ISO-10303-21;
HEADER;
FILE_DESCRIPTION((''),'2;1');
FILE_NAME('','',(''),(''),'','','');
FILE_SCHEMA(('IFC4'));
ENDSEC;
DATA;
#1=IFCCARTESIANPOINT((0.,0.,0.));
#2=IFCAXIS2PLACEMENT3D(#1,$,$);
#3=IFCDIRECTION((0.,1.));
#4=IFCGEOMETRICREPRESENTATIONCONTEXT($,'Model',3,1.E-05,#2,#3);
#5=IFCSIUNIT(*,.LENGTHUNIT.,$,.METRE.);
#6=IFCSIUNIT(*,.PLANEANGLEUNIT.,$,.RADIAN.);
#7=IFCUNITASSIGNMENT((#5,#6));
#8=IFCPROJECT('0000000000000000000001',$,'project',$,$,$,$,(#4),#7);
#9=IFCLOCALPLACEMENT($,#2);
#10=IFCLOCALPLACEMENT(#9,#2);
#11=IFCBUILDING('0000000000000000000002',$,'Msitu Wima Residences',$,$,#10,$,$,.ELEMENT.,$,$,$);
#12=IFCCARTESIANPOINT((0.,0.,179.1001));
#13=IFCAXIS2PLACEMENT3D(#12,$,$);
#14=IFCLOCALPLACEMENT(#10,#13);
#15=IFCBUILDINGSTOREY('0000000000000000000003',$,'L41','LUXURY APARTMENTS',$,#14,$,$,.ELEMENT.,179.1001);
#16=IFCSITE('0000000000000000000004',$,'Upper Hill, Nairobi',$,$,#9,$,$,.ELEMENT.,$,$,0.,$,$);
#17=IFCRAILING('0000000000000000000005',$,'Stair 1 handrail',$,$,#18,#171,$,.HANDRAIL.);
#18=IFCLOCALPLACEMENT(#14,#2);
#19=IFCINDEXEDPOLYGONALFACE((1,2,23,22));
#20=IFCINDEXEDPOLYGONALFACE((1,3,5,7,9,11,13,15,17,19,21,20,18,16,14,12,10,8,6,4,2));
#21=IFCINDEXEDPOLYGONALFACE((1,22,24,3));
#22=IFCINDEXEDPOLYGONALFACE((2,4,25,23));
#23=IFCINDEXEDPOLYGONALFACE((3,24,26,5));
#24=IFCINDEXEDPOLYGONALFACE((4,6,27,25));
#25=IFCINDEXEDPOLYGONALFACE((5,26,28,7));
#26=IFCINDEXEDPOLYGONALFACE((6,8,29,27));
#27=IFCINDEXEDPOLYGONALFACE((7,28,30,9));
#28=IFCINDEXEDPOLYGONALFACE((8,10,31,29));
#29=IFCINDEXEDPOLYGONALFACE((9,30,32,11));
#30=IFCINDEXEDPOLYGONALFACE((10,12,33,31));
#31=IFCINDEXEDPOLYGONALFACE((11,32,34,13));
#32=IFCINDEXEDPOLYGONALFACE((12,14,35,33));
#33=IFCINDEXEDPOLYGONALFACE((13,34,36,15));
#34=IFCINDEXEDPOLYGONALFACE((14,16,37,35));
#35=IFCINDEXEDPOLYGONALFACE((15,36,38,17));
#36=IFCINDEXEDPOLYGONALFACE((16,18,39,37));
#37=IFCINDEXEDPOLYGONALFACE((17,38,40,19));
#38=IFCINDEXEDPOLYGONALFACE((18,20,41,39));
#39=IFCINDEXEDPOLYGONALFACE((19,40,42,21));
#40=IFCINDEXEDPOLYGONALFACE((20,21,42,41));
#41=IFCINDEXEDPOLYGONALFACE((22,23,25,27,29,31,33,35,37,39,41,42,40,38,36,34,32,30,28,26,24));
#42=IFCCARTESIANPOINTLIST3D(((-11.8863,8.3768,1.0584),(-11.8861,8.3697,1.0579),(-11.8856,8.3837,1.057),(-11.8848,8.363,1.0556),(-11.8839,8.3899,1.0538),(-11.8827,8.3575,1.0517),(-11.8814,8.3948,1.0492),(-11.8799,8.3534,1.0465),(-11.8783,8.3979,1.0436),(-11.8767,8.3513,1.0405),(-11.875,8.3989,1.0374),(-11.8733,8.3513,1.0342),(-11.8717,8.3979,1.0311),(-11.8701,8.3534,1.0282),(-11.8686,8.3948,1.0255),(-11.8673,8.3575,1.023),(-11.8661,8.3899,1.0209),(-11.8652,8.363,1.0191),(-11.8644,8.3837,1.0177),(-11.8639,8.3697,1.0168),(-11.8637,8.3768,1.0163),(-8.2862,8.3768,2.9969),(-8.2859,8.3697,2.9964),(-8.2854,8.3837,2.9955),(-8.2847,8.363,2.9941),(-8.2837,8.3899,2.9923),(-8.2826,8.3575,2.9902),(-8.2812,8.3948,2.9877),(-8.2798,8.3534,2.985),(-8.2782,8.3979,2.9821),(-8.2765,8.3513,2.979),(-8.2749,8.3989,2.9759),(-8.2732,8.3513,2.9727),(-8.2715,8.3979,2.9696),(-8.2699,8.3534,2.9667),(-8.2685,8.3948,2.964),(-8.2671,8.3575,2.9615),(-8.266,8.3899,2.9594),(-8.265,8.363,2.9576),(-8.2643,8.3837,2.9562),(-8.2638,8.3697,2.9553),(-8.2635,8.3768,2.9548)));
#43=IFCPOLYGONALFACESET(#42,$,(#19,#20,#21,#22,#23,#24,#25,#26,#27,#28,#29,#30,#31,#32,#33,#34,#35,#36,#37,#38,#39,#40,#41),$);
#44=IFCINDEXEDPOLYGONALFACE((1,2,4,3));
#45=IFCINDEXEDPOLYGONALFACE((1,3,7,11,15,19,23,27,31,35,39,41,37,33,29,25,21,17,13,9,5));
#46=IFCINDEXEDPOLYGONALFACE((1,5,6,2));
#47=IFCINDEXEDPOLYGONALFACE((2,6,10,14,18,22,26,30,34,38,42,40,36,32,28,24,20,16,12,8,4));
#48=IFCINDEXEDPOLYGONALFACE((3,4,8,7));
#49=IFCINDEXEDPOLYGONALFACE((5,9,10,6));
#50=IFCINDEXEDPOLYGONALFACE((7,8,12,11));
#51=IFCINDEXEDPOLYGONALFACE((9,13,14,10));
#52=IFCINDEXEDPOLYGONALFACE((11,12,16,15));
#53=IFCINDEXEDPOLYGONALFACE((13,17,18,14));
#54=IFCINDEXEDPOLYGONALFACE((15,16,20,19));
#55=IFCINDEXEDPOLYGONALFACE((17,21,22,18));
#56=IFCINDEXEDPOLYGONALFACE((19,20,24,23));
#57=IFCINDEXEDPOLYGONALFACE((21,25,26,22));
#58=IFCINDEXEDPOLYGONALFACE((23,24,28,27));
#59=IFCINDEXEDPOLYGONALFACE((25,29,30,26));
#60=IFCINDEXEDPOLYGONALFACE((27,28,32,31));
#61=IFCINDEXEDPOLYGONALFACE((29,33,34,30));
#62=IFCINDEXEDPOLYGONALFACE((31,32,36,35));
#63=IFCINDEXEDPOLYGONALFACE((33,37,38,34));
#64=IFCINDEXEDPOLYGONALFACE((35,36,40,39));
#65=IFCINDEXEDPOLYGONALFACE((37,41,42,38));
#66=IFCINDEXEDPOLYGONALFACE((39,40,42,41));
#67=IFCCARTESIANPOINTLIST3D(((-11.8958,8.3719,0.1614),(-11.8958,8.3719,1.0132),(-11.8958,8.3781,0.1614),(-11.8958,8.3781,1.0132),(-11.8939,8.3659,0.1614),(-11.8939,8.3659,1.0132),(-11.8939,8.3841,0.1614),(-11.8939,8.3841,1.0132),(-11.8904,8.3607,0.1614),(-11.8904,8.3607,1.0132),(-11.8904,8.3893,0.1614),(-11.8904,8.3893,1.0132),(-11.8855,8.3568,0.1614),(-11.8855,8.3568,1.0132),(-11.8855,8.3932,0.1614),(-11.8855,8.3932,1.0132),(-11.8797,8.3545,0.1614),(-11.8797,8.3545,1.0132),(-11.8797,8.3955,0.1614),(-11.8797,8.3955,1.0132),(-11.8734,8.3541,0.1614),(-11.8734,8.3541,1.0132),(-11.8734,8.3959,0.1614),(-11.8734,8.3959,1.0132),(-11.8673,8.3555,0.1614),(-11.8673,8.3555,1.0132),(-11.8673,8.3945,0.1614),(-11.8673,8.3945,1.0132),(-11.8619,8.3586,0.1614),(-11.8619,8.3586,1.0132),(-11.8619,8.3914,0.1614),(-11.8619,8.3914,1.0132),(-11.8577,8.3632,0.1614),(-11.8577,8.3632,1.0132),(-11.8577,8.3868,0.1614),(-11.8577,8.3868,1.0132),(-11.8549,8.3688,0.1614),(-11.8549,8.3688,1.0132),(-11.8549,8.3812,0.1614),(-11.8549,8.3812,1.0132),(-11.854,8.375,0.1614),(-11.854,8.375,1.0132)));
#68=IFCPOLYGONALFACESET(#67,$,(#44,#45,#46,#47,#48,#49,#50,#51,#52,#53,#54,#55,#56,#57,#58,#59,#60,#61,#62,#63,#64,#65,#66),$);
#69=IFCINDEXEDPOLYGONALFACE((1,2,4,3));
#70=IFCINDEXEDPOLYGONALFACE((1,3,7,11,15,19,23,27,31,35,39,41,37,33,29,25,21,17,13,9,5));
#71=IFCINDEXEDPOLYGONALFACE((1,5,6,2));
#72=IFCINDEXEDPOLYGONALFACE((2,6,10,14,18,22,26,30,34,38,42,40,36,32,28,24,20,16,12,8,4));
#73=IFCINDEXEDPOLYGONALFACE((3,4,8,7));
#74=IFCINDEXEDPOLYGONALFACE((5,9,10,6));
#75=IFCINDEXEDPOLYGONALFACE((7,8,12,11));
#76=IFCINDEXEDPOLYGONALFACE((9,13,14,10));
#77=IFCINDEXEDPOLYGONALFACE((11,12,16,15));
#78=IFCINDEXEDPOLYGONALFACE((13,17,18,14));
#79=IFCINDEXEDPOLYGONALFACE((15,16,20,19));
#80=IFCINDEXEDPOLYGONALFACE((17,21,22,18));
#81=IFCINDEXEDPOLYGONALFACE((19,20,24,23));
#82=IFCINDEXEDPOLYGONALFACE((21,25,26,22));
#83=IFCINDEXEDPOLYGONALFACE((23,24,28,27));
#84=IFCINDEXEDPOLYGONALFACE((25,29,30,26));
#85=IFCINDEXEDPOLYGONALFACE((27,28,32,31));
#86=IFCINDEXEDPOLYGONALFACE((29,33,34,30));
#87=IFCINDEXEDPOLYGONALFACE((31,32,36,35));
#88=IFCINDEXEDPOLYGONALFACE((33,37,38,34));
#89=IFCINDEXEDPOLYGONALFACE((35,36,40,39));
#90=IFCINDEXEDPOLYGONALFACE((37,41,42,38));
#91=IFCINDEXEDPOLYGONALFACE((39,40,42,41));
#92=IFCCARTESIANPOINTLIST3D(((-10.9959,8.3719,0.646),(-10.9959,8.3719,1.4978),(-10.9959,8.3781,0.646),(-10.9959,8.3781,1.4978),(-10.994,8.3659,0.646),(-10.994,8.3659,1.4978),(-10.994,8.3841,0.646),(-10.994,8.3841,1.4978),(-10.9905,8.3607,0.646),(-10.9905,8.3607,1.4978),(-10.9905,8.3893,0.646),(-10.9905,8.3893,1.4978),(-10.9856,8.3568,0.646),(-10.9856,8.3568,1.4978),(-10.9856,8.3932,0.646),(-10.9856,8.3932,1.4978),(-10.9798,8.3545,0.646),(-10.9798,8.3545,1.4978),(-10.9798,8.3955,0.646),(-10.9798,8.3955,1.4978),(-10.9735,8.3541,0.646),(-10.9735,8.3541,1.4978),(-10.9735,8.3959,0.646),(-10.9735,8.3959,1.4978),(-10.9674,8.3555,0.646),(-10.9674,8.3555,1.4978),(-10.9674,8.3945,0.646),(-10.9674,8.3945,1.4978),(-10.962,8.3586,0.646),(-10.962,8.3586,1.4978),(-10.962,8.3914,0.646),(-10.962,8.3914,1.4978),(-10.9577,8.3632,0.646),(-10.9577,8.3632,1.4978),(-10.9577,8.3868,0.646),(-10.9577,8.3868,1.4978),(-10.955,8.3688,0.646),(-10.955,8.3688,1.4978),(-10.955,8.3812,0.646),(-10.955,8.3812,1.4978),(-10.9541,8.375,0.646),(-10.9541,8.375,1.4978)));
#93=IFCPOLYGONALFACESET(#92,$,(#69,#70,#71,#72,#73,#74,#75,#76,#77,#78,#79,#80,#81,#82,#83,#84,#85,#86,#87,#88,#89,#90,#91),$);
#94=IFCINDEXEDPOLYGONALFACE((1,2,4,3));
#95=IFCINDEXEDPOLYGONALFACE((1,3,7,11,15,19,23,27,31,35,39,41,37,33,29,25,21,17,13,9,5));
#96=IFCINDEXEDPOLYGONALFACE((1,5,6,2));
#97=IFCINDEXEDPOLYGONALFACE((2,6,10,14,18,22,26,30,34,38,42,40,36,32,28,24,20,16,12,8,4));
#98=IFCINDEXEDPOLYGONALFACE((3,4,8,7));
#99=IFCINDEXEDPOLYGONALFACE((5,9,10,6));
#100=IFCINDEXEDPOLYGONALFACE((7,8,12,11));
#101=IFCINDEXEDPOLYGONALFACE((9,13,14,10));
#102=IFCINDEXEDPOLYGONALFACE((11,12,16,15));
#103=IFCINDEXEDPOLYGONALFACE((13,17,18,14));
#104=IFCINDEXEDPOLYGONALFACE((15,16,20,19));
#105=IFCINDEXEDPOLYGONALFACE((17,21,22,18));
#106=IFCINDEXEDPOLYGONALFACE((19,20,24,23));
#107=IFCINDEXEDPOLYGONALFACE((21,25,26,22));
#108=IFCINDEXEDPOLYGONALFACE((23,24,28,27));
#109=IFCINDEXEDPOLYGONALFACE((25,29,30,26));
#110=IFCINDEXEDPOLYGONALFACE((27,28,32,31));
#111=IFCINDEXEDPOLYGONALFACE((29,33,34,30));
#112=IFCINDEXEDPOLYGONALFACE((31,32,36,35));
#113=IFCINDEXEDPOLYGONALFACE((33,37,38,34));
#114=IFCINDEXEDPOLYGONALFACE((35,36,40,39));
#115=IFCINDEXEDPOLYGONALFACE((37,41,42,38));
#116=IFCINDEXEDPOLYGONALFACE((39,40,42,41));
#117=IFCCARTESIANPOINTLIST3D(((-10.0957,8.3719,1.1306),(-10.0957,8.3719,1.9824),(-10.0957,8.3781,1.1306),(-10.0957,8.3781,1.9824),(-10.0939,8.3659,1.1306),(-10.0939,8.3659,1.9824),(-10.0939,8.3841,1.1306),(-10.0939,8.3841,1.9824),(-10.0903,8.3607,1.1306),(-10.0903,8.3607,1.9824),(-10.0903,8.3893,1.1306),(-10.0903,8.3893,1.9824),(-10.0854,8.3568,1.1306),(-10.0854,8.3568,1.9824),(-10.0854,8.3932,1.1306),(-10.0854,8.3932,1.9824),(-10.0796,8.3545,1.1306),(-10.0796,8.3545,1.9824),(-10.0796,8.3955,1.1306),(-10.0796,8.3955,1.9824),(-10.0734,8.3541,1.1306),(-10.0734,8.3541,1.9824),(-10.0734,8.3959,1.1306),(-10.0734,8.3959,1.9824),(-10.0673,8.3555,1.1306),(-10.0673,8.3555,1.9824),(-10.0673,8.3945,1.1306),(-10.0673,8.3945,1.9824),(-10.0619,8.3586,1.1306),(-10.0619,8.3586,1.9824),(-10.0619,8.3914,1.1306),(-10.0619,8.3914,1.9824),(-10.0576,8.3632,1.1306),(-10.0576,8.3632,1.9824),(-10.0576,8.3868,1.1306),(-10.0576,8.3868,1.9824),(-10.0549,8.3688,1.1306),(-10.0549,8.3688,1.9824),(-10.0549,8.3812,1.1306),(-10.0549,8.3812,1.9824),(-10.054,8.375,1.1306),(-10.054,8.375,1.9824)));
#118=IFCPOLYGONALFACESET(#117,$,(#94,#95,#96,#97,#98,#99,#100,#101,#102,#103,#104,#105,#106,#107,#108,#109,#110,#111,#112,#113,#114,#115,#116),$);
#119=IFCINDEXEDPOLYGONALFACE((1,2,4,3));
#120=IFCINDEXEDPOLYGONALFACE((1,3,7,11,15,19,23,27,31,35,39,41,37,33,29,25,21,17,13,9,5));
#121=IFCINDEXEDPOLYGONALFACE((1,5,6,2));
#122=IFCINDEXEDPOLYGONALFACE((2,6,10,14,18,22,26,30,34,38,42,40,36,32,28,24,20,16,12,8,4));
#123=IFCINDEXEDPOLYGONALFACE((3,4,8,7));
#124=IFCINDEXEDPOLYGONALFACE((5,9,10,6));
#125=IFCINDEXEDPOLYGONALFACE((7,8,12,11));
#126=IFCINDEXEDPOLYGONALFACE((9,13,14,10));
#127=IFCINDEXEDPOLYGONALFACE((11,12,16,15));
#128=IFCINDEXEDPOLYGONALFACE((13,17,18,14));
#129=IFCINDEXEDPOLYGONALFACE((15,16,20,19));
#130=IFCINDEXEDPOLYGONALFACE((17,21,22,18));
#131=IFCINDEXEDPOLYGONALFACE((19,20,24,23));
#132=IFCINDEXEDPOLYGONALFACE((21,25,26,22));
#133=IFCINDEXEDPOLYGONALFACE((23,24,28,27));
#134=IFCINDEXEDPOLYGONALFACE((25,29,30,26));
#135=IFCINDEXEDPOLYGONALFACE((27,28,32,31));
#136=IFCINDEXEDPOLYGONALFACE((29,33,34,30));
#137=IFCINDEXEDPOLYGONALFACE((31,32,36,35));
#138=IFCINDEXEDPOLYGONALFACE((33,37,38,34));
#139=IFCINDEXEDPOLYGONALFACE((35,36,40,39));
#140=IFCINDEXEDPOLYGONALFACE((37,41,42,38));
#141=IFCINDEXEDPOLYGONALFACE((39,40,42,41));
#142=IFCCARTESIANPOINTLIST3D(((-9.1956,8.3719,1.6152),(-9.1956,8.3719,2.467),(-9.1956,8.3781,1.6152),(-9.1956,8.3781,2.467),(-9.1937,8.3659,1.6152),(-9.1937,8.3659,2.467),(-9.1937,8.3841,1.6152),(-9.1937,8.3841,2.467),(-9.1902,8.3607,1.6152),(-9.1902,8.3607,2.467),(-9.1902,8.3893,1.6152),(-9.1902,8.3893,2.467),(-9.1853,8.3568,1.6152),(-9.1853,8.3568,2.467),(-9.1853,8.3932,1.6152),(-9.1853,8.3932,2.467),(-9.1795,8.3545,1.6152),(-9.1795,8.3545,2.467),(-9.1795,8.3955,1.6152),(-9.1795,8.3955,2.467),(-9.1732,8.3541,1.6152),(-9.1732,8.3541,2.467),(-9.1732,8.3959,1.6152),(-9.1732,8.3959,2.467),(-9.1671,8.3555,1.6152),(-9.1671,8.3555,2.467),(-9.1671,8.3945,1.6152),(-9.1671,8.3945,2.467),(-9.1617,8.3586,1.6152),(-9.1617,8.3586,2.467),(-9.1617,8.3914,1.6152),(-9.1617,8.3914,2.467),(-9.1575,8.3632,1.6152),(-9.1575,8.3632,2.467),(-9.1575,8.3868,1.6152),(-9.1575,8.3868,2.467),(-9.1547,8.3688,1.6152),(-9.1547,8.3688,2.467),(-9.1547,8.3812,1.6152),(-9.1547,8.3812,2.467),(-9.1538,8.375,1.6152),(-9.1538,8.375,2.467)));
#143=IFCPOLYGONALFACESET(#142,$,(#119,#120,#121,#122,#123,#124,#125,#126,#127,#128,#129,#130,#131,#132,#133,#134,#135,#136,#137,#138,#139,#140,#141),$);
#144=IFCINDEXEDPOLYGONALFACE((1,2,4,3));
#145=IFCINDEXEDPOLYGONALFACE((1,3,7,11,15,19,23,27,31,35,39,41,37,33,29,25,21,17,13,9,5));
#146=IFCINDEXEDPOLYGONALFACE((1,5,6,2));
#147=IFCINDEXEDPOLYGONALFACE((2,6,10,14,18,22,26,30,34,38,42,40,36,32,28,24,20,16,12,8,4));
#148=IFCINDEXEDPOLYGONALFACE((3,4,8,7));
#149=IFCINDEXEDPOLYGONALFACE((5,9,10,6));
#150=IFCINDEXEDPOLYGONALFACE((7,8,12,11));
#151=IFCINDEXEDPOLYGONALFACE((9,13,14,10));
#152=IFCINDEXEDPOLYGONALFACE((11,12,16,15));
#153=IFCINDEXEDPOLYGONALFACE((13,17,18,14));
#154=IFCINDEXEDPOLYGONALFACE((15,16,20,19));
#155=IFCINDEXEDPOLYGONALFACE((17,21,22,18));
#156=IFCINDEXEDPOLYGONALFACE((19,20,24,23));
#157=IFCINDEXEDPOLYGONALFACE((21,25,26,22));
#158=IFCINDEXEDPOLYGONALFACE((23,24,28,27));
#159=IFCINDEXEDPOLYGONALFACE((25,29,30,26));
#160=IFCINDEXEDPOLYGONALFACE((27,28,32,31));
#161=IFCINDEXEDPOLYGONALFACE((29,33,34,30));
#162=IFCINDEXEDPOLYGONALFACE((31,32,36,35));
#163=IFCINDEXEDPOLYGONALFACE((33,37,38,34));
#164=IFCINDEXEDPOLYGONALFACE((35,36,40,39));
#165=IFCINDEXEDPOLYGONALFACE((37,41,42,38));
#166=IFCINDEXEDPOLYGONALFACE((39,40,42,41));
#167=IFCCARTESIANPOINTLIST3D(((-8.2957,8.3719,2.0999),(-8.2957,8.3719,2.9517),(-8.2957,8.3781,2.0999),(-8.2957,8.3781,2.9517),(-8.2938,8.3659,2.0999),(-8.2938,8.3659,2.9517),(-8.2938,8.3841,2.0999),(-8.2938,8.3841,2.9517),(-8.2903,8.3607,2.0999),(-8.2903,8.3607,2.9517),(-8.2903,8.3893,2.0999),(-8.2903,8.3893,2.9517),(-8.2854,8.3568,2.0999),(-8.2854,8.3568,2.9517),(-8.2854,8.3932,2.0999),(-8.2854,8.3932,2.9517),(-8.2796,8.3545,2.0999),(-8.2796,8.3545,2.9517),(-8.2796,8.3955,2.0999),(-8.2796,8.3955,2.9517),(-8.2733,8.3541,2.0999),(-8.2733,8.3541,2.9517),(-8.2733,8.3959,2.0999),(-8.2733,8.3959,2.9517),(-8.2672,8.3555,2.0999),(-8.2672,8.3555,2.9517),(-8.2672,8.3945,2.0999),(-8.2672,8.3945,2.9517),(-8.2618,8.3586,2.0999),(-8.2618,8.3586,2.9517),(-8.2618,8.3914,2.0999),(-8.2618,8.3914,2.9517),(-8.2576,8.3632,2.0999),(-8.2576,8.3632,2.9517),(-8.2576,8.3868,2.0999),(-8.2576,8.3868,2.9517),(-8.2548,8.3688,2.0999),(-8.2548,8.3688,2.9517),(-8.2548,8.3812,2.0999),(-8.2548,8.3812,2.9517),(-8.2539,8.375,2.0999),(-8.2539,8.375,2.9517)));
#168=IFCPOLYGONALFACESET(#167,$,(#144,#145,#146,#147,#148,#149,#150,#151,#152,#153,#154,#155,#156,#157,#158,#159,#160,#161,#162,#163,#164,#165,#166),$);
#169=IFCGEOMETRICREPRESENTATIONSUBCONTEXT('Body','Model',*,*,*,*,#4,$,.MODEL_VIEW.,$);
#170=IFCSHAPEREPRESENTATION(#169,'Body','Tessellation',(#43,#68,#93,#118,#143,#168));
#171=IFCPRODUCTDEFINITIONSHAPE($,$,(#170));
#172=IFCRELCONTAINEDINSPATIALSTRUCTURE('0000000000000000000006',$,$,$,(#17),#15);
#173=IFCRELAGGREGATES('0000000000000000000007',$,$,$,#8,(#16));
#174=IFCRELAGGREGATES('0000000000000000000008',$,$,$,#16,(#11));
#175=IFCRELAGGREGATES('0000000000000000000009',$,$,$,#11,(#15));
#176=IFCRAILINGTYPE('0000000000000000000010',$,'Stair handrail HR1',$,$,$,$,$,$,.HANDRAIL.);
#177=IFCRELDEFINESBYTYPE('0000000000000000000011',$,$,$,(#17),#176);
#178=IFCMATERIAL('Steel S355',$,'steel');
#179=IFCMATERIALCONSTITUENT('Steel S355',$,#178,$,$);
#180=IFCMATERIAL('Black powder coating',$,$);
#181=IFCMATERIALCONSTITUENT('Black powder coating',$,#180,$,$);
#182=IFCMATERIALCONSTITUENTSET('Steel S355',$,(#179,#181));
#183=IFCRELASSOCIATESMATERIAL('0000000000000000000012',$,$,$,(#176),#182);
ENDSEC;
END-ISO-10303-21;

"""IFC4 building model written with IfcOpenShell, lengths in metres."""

from ifc_helpers import new_model, si_unit, direction, frame, origin, origin_2d, place, context, subcontext, project, spatial, circle, extrude, material, constituent, constituent_set, type_object, element, save


model = new_model("IFC4")

# Units and contexts
model_context = context("Model", 3, precision=1e-05, world=origin(), true_north=direction((0.0, 1.0)))
body_context = subcontext(model_context, "Body", "Model", "MODEL_VIEW")
ifc_project = project(units=[si_unit("LENGTHUNIT", "METRE"), si_unit("PLANEANGLEUNIT", "RADIAN")], contexts=[model_context])

# Site, building, storey
site_placement = place(None, origin())
site = spatial("IfcSite", under=ifc_project, at=site_placement, Name="Upper Hill, Nairobi", CompositionType="ELEMENT", RefElevation=0.0)
building_placement = place(site_placement, origin())
building = spatial("IfcBuilding", under=site, at=building_placement, Name="Msitu Wima Residences", CompositionType="ELEMENT")
storey_placement = place(building_placement, frame((0.0, 0.0, 179.1001)))
storey = spatial("IfcBuildingStorey", under=building, at=storey_placement, Name="L41", Description="LUXURY APARTMENTS", CompositionType="ELEMENT", Elevation=179.1001)

# Railing
ifc_material_1 = material(Name="Steel S355", Category="steel")
ifc_constituent_1 = constituent(ifc_material_1, Name="Steel S355")
ifc_material_2 = material(Name="Black powder coating")
ifc_constituent_2 = constituent(ifc_material_2, Name="Black powder coating")
ifc_constituent_set = constituent_set(constituents=[ifc_constituent_1, ifc_constituent_2], Name="Steel S355")
railing_type = type_object("IfcRailingType", Name="Stair handrail HR1", PredefinedType="HANDRAIL", material=ifc_constituent_set)
for number, where, name in (
    (1, (-11.875, 8.375, 0.1614), "Stair 1 handrail"),
):
    element("IfcRailing", number, at=place(storey_placement, frame(where)), inside=storey, type_object=railing_type, Name=name, PredefinedType="HANDRAIL", context=body_context, shape_type="SweptSolid", body=[
        extrude(circle(Radius=0.0239, at=origin_2d()), frame((0.0, 0.0, 0.876), z_axis=(0.880475, 0.0, 0.474093), x_axis=(0.0, 1.0, 0.0)), (0.0, 0.0, 1.0), 4.0889),
        extrude(circle(Radius=0.021, at=origin_2d()), origin(), (0.0, 0.0, 1.0), 0.8518),
        extrude(circle(Radius=0.021, at=origin_2d()), frame((0.8999, 0.0, 0.4846)), (0.0, 0.0, 1.0), 0.8518),
        extrude(circle(Radius=0.021, at=origin_2d()), frame((1.8, 0.0, 0.9692)), (0.0, 0.0, 1.0), 0.8518),
        extrude(circle(Radius=0.021, at=origin_2d()), frame((2.7002, 0.0, 1.4539)), (0.0, 0.0, 1.0), 0.8518),
        extrude(circle(Radius=0.021, at=origin_2d()), frame((3.6001, 0.0, 1.9385)), (0.0, 0.0, 1.0), 0.8518),
    ])

save(model, "model.ifc")
